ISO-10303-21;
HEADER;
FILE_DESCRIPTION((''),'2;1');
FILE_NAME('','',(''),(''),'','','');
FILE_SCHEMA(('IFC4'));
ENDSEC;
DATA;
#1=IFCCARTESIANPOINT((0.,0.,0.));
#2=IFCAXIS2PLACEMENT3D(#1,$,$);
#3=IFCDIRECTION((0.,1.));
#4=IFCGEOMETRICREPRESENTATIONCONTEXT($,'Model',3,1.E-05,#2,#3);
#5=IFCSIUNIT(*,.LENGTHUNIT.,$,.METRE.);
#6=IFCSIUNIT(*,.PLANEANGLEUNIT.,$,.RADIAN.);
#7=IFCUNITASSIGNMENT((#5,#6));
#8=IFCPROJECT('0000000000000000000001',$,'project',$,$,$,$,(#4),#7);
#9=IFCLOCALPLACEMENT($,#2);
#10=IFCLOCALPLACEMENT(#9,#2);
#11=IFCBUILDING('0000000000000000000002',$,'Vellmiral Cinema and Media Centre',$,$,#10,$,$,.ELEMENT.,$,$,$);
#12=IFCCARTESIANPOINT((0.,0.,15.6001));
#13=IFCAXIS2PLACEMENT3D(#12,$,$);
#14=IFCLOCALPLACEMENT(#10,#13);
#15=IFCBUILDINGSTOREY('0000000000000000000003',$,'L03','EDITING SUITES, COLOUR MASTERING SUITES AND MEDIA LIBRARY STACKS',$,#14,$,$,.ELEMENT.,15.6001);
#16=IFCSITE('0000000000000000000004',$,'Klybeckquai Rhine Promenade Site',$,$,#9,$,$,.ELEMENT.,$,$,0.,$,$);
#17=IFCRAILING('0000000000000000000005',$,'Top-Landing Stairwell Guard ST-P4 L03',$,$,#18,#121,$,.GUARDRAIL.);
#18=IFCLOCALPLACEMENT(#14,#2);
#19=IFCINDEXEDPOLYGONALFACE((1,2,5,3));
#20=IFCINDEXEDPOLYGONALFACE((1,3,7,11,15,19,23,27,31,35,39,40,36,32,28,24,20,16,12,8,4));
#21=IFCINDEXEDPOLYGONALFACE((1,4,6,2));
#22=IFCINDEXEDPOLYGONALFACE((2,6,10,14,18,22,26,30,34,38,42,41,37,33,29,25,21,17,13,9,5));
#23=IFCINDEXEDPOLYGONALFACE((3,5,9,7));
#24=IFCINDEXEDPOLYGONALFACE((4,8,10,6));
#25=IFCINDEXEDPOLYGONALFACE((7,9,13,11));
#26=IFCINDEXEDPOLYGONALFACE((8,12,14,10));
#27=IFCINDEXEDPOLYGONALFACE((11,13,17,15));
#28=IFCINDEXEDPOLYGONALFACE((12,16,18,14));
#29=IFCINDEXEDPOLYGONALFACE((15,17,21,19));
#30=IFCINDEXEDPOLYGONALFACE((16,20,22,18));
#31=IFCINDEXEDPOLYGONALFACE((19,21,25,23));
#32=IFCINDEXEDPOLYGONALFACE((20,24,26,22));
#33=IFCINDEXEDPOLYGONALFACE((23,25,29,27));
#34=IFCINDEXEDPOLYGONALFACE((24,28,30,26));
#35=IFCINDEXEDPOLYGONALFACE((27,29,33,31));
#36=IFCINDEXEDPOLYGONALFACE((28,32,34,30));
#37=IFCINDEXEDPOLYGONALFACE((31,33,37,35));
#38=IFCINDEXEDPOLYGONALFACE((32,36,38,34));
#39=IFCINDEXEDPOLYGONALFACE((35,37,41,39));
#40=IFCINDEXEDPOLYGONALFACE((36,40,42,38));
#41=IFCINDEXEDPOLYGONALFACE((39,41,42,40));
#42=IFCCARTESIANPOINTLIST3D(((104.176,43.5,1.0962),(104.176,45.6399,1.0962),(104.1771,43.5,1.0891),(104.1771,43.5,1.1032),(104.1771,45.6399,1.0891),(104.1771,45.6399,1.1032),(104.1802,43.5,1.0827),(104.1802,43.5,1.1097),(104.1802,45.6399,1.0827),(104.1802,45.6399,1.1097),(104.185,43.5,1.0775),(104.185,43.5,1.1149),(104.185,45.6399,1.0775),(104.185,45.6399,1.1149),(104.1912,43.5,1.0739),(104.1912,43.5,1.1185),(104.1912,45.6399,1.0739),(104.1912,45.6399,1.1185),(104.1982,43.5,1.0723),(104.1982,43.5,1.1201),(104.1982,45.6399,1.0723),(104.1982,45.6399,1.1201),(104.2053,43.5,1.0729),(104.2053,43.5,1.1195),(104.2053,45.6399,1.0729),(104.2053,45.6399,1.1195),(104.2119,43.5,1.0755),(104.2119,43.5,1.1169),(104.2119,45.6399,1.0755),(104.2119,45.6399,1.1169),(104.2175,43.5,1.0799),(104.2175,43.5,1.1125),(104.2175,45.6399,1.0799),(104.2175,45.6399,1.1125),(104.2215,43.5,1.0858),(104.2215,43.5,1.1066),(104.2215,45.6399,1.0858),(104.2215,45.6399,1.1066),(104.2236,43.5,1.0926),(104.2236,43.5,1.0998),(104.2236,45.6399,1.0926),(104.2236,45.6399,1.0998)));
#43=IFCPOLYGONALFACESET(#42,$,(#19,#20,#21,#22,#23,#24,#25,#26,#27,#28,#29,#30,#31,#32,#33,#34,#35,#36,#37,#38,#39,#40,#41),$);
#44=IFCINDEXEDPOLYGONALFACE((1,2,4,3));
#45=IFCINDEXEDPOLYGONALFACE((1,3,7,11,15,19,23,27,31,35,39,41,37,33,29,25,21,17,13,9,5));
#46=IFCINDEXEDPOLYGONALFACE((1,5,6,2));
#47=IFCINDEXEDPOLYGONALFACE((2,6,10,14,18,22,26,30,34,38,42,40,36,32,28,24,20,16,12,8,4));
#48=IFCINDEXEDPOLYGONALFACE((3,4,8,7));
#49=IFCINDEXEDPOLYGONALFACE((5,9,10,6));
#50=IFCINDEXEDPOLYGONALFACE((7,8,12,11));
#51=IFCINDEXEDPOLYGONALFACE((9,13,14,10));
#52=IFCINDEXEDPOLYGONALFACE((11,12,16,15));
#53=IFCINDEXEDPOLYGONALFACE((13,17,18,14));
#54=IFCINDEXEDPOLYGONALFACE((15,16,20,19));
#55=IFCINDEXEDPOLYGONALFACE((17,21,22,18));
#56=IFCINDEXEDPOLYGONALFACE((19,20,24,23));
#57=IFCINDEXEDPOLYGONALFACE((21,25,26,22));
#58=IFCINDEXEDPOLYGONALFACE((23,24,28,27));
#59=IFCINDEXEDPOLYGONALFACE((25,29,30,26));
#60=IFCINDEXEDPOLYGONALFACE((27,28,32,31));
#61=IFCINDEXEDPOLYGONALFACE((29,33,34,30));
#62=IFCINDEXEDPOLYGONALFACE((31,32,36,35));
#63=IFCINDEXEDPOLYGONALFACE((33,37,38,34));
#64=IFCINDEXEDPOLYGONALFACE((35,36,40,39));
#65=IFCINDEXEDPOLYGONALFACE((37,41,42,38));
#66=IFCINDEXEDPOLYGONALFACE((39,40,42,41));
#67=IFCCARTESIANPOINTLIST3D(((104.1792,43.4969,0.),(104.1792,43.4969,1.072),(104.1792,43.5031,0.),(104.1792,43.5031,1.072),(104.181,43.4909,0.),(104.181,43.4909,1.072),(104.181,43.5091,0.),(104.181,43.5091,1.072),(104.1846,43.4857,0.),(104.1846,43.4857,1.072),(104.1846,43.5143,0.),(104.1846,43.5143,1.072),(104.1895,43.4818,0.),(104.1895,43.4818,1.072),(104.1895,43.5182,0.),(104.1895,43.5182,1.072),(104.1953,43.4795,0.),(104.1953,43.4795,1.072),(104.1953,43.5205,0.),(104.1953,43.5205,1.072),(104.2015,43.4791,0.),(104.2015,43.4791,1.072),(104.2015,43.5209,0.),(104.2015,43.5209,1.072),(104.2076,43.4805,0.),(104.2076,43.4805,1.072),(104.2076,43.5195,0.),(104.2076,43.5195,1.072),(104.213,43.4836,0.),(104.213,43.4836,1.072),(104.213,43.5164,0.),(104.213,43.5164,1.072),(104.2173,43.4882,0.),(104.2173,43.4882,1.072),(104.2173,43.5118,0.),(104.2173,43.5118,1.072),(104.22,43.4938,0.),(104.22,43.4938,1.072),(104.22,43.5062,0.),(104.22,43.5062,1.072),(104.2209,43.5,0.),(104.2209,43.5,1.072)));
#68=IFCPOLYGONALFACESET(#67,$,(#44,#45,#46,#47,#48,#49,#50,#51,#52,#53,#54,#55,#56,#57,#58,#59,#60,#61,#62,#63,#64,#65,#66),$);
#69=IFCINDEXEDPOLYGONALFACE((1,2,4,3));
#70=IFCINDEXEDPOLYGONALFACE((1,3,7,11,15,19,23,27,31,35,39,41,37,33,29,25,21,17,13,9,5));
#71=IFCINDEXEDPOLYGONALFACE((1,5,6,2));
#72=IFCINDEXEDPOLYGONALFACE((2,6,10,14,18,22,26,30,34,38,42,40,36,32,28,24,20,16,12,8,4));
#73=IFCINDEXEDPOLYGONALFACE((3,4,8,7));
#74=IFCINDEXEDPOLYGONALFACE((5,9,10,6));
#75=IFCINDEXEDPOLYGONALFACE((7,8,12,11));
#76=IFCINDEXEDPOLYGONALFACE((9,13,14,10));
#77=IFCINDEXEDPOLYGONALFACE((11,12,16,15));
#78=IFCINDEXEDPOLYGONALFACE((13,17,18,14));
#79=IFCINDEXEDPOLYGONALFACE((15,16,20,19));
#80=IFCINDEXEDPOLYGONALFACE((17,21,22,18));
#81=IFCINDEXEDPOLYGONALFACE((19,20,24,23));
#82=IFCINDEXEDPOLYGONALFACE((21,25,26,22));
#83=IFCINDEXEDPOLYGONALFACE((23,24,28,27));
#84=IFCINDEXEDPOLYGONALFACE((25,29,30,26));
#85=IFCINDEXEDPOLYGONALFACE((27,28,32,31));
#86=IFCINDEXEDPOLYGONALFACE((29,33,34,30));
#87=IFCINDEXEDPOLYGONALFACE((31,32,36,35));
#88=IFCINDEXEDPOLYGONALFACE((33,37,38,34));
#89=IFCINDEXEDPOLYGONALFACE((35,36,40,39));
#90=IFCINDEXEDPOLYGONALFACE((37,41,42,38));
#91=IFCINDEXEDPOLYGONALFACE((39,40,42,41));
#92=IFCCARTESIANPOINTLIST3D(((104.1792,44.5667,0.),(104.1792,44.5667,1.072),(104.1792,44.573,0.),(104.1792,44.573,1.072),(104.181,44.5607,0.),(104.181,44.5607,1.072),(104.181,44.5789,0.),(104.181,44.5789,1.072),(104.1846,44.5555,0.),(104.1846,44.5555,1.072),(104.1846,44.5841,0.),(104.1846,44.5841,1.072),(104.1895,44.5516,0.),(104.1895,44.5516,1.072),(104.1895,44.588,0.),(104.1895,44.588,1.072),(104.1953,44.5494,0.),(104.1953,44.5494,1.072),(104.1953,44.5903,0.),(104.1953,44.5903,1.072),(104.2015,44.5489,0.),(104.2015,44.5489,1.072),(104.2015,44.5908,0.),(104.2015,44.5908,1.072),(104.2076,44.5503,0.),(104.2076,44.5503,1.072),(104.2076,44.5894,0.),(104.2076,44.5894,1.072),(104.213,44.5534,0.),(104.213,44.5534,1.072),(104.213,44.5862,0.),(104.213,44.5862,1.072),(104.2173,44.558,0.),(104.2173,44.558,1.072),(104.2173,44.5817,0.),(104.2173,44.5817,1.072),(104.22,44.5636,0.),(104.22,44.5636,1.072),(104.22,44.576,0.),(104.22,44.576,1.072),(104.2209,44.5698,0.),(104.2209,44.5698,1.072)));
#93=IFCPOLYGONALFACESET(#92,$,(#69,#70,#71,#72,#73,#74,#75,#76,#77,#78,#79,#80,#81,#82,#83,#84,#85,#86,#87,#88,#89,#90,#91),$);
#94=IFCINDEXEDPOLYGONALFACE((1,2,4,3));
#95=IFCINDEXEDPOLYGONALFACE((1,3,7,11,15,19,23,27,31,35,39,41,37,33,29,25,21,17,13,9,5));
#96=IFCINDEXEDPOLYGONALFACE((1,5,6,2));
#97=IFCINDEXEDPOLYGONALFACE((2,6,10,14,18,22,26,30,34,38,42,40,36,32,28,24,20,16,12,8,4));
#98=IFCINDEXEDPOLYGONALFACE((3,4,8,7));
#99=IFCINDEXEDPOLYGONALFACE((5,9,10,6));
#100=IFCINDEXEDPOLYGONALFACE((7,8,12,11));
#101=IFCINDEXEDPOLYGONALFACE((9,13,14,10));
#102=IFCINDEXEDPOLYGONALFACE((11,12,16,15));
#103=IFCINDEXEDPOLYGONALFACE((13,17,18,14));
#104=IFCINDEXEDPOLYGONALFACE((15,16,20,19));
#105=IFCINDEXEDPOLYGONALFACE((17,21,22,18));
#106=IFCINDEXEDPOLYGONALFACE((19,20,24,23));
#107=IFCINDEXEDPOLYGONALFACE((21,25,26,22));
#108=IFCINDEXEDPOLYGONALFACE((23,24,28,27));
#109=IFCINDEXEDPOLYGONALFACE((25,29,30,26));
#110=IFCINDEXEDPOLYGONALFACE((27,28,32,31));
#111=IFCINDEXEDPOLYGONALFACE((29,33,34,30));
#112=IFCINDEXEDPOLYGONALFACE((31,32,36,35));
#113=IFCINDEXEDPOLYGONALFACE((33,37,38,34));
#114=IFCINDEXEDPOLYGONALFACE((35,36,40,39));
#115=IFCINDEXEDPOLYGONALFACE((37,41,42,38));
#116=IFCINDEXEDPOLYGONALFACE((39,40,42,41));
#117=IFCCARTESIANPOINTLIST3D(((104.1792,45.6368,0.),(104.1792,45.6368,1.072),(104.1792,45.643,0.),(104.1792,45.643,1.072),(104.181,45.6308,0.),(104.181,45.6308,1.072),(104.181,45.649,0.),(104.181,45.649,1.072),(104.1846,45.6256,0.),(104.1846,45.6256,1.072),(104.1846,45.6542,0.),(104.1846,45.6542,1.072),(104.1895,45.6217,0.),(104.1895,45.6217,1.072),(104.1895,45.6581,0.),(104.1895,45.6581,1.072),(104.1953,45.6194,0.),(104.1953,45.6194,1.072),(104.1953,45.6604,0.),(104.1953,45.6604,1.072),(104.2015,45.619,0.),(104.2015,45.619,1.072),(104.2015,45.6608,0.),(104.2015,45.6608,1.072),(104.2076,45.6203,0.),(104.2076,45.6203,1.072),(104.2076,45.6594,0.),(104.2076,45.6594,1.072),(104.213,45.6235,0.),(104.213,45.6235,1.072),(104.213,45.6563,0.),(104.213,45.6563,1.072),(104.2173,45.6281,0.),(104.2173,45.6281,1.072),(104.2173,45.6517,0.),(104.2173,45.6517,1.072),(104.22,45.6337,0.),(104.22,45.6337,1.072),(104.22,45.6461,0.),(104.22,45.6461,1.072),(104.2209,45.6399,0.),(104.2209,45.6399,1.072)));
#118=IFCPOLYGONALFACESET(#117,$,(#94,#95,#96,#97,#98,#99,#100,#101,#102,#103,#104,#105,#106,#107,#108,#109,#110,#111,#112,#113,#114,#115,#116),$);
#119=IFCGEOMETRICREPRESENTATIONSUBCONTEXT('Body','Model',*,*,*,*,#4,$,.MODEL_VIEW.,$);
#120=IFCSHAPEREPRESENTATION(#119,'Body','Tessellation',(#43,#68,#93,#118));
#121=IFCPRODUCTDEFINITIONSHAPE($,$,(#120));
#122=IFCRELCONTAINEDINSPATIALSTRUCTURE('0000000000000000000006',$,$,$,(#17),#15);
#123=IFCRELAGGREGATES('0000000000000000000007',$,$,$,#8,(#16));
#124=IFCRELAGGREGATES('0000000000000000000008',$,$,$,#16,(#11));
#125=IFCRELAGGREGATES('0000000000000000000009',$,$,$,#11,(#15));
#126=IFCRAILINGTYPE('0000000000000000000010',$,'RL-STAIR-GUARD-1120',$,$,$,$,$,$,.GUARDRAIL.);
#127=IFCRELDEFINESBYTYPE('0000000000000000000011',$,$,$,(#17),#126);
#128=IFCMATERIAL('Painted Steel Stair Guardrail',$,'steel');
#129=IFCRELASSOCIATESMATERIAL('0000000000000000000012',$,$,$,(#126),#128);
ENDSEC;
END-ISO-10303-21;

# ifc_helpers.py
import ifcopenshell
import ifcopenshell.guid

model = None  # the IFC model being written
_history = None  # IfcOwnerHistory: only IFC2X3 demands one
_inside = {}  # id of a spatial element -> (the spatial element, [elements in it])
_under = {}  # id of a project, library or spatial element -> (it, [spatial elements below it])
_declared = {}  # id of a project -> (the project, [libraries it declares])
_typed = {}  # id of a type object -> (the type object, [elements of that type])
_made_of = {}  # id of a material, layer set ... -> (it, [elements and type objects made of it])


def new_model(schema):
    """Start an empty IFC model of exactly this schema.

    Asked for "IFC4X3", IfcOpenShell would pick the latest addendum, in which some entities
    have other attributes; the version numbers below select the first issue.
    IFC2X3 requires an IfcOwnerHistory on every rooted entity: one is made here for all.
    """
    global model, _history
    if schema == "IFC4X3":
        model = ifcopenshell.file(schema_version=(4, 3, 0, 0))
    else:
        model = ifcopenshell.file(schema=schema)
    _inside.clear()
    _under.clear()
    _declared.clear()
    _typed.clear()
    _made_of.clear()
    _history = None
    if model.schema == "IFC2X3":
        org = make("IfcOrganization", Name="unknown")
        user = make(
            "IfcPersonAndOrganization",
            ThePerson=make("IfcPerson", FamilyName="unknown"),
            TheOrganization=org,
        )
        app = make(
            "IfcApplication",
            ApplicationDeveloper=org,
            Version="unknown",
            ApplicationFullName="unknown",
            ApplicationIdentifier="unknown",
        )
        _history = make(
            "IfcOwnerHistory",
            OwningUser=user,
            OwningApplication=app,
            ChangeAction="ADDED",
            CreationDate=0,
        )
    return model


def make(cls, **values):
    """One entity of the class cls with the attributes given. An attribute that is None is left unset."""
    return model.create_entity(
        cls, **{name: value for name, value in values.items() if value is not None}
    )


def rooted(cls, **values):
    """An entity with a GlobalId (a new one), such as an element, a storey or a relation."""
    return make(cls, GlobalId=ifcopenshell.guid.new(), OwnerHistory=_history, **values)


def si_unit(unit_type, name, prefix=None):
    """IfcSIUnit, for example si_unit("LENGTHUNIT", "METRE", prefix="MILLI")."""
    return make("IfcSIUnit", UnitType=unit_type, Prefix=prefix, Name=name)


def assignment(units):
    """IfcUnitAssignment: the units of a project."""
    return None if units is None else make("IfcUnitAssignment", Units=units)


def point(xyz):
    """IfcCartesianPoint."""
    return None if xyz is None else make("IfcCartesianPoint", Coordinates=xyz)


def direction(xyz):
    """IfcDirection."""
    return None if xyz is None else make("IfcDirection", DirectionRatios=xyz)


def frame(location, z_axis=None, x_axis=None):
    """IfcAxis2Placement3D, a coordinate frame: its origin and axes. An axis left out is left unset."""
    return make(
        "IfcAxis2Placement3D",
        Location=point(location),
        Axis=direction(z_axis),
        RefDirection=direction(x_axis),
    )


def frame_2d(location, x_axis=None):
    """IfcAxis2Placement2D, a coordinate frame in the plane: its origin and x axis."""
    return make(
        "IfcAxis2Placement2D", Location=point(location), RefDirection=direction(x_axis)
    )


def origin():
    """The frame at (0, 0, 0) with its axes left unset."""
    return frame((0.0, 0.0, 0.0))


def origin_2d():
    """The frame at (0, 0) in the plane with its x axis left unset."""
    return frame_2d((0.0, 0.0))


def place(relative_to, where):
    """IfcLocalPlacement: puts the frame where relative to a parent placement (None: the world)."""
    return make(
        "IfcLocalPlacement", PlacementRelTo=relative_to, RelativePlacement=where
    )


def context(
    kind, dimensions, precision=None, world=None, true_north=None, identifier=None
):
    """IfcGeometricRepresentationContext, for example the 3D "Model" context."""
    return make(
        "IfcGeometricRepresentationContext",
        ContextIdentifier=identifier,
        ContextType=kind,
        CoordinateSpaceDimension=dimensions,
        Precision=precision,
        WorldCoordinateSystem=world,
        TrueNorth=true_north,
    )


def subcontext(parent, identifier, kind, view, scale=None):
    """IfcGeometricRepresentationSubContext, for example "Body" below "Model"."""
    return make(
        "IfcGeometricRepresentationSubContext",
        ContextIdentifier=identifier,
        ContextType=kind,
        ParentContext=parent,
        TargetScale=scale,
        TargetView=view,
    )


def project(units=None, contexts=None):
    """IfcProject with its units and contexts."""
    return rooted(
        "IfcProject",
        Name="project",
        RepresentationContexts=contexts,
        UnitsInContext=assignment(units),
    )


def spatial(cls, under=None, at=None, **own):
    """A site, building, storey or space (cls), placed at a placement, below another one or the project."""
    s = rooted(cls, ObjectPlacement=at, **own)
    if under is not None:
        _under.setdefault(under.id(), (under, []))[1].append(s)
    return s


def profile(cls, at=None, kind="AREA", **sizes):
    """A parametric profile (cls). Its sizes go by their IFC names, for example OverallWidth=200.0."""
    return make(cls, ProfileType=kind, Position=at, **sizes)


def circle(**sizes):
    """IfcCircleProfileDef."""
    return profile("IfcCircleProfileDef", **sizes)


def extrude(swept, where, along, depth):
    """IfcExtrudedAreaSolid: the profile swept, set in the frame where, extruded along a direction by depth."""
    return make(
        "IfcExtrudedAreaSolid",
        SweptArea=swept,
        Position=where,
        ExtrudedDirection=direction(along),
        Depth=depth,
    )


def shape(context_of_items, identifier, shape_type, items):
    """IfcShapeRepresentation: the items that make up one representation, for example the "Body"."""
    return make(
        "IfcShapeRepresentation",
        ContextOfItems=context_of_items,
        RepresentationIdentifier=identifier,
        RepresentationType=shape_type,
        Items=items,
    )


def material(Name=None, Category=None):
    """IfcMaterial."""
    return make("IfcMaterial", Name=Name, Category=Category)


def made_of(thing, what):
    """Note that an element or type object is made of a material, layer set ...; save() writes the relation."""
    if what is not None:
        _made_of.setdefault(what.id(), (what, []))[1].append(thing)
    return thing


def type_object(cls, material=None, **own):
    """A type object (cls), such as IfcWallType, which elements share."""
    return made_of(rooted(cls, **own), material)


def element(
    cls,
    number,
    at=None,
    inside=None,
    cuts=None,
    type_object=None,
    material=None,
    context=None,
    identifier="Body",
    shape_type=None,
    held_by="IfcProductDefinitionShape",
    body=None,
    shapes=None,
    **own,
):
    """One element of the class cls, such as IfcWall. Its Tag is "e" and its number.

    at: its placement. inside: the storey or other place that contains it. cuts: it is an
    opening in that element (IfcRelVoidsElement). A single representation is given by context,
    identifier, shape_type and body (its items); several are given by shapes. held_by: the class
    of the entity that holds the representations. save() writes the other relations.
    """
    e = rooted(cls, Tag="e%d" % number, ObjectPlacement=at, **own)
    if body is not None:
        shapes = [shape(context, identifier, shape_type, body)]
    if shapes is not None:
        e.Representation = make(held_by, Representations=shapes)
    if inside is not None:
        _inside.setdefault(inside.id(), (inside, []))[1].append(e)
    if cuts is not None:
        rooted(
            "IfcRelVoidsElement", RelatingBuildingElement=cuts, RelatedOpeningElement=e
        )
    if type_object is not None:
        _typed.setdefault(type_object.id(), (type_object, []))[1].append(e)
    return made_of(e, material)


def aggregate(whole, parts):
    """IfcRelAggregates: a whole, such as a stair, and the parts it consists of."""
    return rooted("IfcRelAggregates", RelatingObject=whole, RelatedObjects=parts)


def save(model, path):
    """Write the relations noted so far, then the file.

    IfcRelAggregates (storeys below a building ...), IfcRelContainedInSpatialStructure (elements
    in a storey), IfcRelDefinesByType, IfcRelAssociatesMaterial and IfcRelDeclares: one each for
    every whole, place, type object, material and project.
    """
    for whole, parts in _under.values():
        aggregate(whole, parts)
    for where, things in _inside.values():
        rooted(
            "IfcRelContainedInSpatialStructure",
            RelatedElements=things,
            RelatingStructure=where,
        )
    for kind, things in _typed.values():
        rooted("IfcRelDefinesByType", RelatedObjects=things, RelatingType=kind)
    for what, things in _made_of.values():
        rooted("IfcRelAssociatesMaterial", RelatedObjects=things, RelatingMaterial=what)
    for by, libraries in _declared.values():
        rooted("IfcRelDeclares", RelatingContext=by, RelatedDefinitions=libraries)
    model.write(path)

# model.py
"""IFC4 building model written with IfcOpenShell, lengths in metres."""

from ifc_helpers import new_model, si_unit, direction, frame, origin, origin_2d, place, context, subcontext, project, spatial, circle, extrude, material, type_object, element, save


model = new_model("IFC4")

# Units and contexts
model_context = context("Model", 3, precision=1e-05, world=origin(), true_north=direction((0.0, 1.0)))
body_context = subcontext(model_context, "Body", "Model", "MODEL_VIEW")
ifc_project = project(units=[si_unit("LENGTHUNIT", "METRE"), si_unit("PLANEANGLEUNIT", "RADIAN")], contexts=[model_context])

# Site, building, storey
site_placement = place(None, origin())
site = spatial("IfcSite", under=ifc_project, at=site_placement, Name="Klybeckquai Rhine Promenade Site", CompositionType="ELEMENT", RefElevation=0.0)
building_placement = place(site_placement, origin())
building = spatial("IfcBuilding", under=site, at=building_placement, Name="Vellmiral Cinema and Media Centre", CompositionType="ELEMENT")
storey_placement = place(building_placement, frame((0.0, 0.0, 15.6001)))
storey = spatial("IfcBuildingStorey", under=building, at=storey_placement, Name="L03", Description="EDITING SUITES, COLOUR MASTERING SUITES AND MEDIA LIBRARY STACKS", CompositionType="ELEMENT", Elevation=15.6001)

# Railing
ifc_material_1 = material(Name="Painted Steel Stair Guardrail", Category="steel")
railing_type = type_object("IfcRailingType", Name="RL-STAIR-GUARD-1120", PredefinedType="GUARDRAIL", material=ifc_material_1)
railing_placement = place(storey_placement, frame((104.2, 43.5, 0.0)))
element("IfcRailing", 1, at=railing_placement, inside=storey, type_object=railing_type, Name="Top-Landing Stairwell Guard ST-P4 L03", PredefinedType="GUARDRAIL", context=body_context, shape_type="SweptSolid", body=[
    extrude(circle(Radius=0.0239, at=origin_2d()), frame((0.0, 0.0, 1.0962), z_axis=(0.0, 1.0, 0.0), x_axis=(-1.0, 0.0, 0.0)), (0.0, 0.0, 1.0), 2.1399),
    extrude(circle(Radius=0.021, at=origin_2d()), origin(), (0.0, 0.0, 1.0), 1.072),
    extrude(circle(Radius=0.021, at=origin_2d()), frame((0.0, 1.0698, 0.0)), (0.0, 0.0, 1.0), 1.072),
    extrude(circle(Radius=0.021, at=origin_2d()), frame((0.0, 2.1399, 0.0)), (0.0, 0.0, 1.0), 1.072),
])

save(model, "model.ifc")
